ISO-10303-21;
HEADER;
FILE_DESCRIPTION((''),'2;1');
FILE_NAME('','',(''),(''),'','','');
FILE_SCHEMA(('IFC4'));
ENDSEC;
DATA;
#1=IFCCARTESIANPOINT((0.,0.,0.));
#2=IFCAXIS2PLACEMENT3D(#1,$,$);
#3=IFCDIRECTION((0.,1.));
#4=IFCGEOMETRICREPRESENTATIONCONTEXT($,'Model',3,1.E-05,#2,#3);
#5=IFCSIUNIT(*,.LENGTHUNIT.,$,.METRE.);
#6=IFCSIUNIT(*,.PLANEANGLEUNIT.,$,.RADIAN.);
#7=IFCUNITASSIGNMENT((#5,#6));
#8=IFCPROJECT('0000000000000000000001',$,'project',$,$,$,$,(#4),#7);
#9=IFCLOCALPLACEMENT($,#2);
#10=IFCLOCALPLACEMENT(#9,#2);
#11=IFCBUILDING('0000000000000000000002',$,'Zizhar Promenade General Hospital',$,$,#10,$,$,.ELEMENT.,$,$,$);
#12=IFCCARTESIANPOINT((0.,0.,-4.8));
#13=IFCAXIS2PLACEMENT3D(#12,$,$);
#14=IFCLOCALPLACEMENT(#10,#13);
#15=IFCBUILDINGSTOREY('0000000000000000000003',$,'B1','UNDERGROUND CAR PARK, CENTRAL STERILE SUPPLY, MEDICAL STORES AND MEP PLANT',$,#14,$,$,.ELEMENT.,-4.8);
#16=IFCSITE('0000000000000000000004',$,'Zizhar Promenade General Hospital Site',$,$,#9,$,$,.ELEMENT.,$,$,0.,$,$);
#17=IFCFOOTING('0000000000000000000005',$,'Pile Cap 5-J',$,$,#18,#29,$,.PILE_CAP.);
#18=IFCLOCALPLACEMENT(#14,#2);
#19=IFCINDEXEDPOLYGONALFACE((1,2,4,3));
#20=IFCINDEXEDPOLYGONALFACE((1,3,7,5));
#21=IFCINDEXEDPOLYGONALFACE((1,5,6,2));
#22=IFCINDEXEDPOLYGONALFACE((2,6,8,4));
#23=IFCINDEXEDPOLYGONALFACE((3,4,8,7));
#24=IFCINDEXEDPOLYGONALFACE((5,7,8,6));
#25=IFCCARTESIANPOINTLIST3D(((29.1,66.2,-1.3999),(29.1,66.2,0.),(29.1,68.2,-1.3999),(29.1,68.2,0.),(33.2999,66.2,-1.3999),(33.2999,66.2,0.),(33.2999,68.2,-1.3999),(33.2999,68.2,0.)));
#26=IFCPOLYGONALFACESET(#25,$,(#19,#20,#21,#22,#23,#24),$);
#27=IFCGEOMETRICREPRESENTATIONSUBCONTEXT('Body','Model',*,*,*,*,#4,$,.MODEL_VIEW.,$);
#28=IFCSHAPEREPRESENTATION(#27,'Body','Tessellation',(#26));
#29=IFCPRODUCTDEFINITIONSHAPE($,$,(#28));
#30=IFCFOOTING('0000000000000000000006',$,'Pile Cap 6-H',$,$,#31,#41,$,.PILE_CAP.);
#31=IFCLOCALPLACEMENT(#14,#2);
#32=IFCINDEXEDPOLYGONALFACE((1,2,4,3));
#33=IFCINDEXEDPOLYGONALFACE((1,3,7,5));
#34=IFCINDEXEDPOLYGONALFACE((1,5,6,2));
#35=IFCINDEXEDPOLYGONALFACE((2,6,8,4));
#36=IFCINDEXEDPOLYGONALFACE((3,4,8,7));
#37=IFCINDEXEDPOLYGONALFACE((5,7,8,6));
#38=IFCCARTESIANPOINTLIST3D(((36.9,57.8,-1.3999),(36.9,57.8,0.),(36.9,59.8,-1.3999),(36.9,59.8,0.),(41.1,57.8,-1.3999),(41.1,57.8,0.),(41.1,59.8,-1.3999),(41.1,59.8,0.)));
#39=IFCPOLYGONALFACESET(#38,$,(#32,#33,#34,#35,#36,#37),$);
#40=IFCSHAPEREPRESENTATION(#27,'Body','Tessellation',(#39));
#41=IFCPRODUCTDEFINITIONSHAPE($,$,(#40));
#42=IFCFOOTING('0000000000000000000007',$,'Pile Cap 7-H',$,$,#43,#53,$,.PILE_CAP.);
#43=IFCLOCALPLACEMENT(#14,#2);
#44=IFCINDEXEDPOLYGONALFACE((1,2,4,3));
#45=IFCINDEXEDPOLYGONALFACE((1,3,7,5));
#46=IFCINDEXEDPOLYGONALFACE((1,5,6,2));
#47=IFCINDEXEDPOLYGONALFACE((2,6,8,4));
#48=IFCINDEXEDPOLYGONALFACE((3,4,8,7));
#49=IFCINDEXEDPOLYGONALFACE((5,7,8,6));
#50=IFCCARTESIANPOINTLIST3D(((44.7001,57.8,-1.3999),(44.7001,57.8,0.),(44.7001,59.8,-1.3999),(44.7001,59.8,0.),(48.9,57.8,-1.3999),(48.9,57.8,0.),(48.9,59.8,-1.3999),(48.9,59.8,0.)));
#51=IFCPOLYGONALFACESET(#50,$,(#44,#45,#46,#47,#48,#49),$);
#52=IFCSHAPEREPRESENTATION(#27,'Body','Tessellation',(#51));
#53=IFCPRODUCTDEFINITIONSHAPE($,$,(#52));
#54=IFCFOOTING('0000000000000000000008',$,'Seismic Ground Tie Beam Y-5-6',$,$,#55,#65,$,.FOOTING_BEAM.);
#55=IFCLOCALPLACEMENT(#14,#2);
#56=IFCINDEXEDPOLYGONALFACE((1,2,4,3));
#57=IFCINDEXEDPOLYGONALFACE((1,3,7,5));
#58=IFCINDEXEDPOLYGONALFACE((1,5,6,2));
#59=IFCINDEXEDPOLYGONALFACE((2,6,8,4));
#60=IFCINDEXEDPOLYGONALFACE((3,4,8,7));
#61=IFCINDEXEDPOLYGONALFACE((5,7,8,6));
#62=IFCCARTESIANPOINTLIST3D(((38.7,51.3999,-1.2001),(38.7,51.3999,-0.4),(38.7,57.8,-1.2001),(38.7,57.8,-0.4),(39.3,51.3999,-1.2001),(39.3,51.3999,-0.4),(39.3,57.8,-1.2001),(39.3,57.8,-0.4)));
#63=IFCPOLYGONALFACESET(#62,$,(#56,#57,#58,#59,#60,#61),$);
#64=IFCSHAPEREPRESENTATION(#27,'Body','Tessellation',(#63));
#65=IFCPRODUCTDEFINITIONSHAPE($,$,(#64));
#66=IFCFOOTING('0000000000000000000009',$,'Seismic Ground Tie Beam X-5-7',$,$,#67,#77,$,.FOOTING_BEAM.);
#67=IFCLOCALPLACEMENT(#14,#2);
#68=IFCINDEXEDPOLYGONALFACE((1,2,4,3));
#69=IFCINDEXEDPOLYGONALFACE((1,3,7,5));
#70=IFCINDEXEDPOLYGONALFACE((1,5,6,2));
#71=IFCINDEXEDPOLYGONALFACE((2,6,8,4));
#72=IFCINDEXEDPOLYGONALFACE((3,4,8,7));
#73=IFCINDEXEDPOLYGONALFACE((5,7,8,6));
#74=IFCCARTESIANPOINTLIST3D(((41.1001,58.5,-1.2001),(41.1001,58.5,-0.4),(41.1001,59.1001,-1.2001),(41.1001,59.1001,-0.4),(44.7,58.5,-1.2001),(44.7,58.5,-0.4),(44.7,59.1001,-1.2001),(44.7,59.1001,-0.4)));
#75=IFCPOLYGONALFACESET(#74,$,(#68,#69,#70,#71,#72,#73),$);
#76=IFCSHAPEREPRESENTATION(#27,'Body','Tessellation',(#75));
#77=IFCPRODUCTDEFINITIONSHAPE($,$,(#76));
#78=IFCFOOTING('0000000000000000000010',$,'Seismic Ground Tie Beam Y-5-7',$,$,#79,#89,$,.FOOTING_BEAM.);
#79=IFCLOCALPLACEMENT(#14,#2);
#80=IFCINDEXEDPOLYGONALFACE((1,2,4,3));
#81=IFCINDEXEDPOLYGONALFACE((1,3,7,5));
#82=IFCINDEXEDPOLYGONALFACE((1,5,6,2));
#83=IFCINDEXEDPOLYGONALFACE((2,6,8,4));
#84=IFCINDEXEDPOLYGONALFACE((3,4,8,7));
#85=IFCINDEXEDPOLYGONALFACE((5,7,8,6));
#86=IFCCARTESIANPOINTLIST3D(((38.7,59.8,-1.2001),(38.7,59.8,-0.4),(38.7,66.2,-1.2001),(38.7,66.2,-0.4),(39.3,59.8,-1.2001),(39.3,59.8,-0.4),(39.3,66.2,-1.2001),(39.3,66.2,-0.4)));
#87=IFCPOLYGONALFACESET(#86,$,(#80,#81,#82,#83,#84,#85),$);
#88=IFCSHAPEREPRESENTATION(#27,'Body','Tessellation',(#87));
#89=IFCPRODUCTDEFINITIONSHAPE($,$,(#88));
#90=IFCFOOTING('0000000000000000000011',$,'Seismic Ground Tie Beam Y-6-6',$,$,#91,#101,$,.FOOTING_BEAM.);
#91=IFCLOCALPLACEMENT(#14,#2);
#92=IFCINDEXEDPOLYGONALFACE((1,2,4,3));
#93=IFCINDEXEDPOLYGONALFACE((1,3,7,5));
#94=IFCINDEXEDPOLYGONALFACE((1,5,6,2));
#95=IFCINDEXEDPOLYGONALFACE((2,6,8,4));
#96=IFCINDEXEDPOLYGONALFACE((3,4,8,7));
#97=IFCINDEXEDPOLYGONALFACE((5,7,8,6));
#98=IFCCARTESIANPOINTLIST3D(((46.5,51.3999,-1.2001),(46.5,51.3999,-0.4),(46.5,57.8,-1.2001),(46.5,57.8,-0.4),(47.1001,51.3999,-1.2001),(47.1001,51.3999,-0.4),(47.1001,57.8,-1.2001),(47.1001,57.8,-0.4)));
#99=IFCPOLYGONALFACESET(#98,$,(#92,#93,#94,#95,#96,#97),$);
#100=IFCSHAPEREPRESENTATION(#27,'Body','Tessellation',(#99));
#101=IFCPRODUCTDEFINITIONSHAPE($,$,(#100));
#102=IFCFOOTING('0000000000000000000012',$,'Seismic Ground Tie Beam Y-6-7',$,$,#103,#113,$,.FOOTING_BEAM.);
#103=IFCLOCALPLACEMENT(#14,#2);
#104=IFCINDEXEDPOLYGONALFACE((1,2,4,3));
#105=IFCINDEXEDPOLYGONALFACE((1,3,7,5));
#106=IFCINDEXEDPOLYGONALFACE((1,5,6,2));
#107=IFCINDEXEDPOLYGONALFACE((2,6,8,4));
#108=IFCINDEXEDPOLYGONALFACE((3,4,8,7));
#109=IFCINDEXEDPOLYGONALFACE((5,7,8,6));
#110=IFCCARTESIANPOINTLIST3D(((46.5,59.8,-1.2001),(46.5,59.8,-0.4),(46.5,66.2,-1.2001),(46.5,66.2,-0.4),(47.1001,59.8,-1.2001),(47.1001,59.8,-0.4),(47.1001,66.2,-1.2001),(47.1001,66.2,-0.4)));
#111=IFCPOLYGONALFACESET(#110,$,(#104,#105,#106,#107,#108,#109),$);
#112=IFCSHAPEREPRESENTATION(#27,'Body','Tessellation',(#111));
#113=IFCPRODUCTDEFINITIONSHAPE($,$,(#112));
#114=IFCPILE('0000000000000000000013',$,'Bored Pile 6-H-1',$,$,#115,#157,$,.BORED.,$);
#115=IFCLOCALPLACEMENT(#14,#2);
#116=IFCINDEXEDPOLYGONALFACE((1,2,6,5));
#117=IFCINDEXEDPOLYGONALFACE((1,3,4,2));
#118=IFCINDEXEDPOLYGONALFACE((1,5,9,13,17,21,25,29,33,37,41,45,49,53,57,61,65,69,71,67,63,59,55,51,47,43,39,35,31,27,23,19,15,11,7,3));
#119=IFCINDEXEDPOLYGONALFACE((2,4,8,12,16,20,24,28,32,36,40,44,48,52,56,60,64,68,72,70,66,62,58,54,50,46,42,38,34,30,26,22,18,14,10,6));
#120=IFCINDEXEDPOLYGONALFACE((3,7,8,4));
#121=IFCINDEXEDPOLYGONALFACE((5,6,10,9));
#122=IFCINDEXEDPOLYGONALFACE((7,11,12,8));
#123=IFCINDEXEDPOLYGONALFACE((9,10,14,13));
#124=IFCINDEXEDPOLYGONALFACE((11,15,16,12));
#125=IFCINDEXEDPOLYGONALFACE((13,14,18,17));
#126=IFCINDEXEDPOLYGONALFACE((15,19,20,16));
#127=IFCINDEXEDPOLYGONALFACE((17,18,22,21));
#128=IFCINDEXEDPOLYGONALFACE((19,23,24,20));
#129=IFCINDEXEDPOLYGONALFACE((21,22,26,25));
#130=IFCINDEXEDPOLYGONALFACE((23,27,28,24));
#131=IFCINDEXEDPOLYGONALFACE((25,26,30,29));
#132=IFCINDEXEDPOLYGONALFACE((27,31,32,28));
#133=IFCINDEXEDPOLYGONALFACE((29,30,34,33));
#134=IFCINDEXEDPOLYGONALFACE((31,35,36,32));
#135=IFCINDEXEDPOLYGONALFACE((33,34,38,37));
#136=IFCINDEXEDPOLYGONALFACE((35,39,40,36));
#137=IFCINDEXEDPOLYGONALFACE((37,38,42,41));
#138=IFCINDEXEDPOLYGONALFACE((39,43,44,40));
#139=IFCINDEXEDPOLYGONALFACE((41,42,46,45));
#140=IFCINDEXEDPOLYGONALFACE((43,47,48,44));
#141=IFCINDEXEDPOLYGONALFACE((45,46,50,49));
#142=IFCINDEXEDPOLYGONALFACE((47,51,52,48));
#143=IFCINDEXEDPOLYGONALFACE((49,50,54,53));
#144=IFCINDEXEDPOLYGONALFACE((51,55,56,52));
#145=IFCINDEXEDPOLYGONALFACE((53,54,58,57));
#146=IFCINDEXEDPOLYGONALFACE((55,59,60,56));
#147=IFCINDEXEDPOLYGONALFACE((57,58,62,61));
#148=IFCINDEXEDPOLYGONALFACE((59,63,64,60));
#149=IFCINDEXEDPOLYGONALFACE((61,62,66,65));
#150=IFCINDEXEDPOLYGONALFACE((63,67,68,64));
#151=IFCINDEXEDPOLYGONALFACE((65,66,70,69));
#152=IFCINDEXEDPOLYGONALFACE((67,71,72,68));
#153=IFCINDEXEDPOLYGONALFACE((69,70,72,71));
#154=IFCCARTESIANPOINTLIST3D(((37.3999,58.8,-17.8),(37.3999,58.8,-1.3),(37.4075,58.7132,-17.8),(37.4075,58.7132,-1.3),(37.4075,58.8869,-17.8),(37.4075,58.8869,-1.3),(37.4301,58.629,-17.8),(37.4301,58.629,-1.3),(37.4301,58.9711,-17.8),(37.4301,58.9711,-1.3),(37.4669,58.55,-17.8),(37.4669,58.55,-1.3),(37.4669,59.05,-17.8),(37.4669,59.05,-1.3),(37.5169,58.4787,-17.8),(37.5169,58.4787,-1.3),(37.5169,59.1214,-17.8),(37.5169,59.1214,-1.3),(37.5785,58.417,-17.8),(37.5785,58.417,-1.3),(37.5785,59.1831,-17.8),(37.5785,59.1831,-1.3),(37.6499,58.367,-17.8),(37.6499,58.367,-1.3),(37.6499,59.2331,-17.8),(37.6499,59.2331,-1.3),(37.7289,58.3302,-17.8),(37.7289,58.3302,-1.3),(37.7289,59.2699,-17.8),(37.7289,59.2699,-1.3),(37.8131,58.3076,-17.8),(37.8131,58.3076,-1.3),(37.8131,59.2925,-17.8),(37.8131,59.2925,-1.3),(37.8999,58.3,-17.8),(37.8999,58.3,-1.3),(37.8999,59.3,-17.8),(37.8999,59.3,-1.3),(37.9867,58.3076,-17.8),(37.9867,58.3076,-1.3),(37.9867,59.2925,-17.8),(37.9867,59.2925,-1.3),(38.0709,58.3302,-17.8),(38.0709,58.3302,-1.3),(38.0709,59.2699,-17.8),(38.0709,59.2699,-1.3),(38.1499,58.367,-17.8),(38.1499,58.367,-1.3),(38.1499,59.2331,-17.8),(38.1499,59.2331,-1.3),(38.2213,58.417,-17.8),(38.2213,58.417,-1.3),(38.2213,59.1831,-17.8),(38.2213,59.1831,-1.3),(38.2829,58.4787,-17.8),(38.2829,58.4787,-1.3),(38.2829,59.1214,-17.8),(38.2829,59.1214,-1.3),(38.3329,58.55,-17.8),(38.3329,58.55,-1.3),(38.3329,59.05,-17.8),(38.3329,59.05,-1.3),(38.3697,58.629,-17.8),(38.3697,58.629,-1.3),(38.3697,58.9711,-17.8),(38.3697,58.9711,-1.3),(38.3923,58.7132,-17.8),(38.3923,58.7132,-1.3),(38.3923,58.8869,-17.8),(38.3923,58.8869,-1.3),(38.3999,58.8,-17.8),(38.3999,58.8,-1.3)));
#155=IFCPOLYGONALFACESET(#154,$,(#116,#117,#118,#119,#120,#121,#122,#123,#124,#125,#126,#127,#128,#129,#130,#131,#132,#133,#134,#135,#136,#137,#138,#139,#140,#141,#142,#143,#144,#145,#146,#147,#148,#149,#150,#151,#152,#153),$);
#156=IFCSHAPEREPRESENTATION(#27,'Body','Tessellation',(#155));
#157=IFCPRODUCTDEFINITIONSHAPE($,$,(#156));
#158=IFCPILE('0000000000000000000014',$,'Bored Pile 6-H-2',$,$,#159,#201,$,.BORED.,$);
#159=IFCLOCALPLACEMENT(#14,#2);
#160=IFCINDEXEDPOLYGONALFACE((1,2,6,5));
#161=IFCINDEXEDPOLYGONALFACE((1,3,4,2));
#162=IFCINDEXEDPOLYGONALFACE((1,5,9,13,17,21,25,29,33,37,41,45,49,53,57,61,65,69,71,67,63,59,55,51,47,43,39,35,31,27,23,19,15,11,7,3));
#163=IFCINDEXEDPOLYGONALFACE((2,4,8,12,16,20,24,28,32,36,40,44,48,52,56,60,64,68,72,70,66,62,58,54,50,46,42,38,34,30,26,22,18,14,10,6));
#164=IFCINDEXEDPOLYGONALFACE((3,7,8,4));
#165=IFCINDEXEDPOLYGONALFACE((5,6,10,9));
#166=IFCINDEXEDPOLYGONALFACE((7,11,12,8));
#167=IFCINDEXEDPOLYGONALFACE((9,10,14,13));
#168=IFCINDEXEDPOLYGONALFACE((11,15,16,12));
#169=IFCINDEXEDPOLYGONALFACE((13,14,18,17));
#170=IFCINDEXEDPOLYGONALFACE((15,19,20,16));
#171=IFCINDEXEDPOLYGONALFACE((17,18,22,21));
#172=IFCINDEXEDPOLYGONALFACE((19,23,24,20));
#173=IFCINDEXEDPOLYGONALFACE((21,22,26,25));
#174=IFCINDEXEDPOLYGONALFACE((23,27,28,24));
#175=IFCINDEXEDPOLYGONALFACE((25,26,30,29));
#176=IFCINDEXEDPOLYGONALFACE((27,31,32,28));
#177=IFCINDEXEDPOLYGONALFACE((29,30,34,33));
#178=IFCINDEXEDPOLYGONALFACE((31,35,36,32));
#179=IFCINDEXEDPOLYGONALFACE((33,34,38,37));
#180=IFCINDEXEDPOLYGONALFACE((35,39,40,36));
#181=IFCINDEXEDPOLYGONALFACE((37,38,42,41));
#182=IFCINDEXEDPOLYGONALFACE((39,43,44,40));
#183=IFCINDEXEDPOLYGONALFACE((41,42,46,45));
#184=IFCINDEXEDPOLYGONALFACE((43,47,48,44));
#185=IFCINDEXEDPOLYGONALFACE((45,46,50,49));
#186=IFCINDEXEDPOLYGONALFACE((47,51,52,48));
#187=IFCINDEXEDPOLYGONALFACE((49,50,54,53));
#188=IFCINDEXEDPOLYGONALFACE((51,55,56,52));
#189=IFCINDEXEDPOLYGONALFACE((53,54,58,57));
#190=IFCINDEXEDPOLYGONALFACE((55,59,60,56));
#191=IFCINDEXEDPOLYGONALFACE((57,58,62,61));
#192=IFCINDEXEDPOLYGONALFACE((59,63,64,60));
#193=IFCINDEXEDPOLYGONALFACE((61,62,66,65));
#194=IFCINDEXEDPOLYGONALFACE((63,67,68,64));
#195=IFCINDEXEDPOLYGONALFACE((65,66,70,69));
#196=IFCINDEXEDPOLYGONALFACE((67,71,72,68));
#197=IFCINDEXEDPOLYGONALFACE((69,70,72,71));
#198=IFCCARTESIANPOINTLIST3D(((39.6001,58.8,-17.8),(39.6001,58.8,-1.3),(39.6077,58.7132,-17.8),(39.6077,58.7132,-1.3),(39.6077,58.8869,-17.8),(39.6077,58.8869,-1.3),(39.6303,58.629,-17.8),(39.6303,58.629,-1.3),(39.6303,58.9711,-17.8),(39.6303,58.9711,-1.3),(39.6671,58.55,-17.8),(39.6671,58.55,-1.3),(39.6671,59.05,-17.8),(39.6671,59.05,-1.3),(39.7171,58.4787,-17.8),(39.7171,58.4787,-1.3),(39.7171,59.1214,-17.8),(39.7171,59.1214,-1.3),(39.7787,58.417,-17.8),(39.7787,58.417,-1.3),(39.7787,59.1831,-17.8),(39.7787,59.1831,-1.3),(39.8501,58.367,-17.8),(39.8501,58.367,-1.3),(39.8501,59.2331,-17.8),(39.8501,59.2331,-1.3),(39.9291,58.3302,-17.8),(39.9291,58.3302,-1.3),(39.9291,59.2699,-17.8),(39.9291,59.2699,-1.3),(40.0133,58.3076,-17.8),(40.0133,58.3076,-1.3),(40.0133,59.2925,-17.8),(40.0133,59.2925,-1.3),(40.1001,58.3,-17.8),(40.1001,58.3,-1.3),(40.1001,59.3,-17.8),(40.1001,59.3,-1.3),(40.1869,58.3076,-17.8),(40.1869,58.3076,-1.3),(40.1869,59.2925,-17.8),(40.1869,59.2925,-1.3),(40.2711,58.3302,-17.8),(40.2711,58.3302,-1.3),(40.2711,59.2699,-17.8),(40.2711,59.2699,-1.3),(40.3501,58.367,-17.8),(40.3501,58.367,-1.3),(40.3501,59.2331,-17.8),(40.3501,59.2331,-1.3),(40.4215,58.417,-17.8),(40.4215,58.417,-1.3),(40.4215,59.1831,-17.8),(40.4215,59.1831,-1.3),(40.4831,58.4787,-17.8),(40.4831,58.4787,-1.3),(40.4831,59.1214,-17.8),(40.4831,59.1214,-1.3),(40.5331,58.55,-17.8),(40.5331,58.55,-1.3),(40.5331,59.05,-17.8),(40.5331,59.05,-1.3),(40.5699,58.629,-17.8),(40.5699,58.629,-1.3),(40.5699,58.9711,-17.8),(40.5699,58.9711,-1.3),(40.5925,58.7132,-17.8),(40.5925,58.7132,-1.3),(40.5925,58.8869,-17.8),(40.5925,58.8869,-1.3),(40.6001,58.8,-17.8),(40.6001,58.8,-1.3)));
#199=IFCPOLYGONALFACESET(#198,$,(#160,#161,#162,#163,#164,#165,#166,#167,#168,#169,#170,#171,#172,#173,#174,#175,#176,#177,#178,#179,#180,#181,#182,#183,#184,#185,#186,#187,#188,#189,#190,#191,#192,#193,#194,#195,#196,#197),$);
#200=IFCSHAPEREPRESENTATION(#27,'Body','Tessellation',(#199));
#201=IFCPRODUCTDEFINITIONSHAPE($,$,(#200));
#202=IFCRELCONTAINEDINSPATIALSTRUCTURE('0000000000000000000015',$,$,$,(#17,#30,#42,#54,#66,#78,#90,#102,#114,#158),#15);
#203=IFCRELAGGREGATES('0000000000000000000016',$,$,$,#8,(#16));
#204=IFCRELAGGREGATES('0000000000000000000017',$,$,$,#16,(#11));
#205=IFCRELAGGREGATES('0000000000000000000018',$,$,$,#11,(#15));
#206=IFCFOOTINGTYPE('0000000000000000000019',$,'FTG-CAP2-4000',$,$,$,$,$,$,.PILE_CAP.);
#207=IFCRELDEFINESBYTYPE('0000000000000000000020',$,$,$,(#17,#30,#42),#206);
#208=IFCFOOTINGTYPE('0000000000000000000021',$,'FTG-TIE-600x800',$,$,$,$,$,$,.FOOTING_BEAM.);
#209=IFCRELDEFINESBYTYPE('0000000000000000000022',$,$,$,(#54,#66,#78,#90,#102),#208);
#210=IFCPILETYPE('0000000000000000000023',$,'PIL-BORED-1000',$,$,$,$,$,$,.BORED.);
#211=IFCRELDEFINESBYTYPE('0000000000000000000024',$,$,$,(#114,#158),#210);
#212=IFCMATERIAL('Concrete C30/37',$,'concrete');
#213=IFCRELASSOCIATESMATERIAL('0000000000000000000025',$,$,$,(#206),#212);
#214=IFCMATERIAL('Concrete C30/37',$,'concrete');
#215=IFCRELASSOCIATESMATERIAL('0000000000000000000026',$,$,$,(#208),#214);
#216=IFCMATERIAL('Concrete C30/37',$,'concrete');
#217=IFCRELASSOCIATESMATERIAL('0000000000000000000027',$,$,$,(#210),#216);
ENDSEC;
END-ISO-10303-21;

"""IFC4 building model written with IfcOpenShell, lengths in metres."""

from ifc_helpers import new_model, si_unit, direction, frame, origin, origin_2d, place, context, subcontext, project, spatial, rectangle, circle, extrude, material, material_profile, profile_set, type_object, element, save


model = new_model("IFC4")

# Units and contexts
model_context = context("Model", 3, precision=1e-05, world=origin(), true_north=direction((0.0, 1.0)))
body_context = subcontext(model_context, "Body", "Model", "MODEL_VIEW")
ifc_project = project(units=[si_unit("LENGTHUNIT", "METRE"), si_unit("PLANEANGLEUNIT", "RADIAN")], contexts=[model_context])

# Site, building, storey
site_placement = place(None, origin())
site = spatial("IfcSite", under=ifc_project, at=site_placement, Name="Zizhar Promenade General Hospital Site", CompositionType="ELEMENT", RefElevation=0.0)
building_placement = place(site_placement, origin())
building = spatial("IfcBuilding", under=site, at=building_placement, Name="Zizhar Promenade General Hospital", CompositionType="ELEMENT")
storey_placement = place(building_placement, frame((0.0, 0.0, -4.8)))
storey = spatial("IfcBuildingStorey", under=building, at=storey_placement, Name="B1", Description="UNDERGROUND CAR PARK, CENTRAL STERILE SUPPLY, MEDICAL STORES AND MEP PLANT", CompositionType="ELEMENT", Elevation=-4.8)

# Footings
ifc_material_1 = material(Name="Concrete C30/37", Category="concrete")
footing_type_1 = type_object("IfcFootingType", Name="FTG-CAP2-4000", PredefinedType="PILE_CAP", material=ifc_material_1)
for number, where, z_axis, x_axis, name in (
    (1, (31.2, 67.2, -1.3999), (0.0, 0.0, 1.0), (1.0, 0.0, 0.0), "Pile Cap 5-J"),
    (2, (39.0, 58.8, -1.3999), (0.0, 0.0, 1.0), (1.0, 0.0, 0.0), "Pile Cap 6-H"),
    (3, (46.8, 58.8, -1.3999), (0.0, 0.0, 1.0), (1.0, 0.0, 0.0), "Pile Cap 7-H"),
):
    element("IfcFooting", number, at=place(storey_placement, frame(where, z_axis=z_axis, x_axis=x_axis)), inside=storey, type_object=footing_type_1, Name=name, PredefinedType="PILE_CAP", context=body_context, shape_type="SweptSolid", body=[
        extrude(rectangle(XDim=4.2, YDim=2.0, at=origin_2d()), origin(), (0.0, 0.0, 1.0), 1.3999),
    ])
ifc_material_2 = material(Name="Concrete C30/37", Category="concrete")
ifc_material_profile_1 = material_profile(ifc_material_2, rectangle(XDim=0.6001, YDim=0.8, at=origin_2d()))
ifc_profile_set_1 = profile_set([ifc_material_profile_1], Name="Concrete C30/37")
footing_type_2 = type_object("IfcFootingType", Name="FTG-TIE-600x800", PredefinedType="FOOTING_BEAM", material=ifc_profile_set_1)
footing_1_placement = place(storey_placement, frame((39.0, 51.3999, -0.8), z_axis=(0.0, 1.0, 0.0), x_axis=(-1.0, 0.0, 0.0)))
element("IfcFooting", 4, at=footing_1_placement, inside=storey, type_object=footing_type_2, Name="Seismic Ground Tie Beam Y-5-6", PredefinedType="FOOTING_BEAM", context=body_context, shape_type="SweptSolid", body=[
    extrude(rectangle(XDim=0.6001, YDim=0.8, at=origin_2d()), origin(), (0.0, 0.0, 1.0), 6.4001),
])
footing_2_placement = place(storey_placement, frame((41.1001, 58.8, -0.8), z_axis=(1.0, 0.0, 0.0), x_axis=(0.0, 1.0, 0.0)))
element("IfcFooting", 5, at=footing_2_placement, inside=storey, type_object=footing_type_2, Name="Seismic Ground Tie Beam X-5-7", PredefinedType="FOOTING_BEAM", context=body_context, shape_type="SweptSolid", body=[
    extrude(rectangle(XDim=0.6001, YDim=0.8, at=origin_2d()), origin(), (0.0, 0.0, 1.0), 3.5999),
])
footing_3_placement = place(storey_placement, frame((39.0, 59.8, -0.8), z_axis=(0.0, 1.0, 0.0), x_axis=(-1.0, 0.0, 0.0)))
element("IfcFooting", 6, at=footing_3_placement, inside=storey, type_object=footing_type_2, Name="Seismic Ground Tie Beam Y-5-7", PredefinedType="FOOTING_BEAM", context=body_context, shape_type="SweptSolid", body=[
    extrude(rectangle(XDim=0.6001, YDim=0.8, at=origin_2d()), origin(), (0.0, 0.0, 1.0), 6.3999),
])
footing_4_placement = place(storey_placement, frame((46.8, 51.3999, -0.8), z_axis=(0.0, 1.0, 0.0), x_axis=(-1.0, 0.0, 0.0)))
element("IfcFooting", 7, at=footing_4_placement, inside=storey, type_object=footing_type_2, Name="Seismic Ground Tie Beam Y-6-6", PredefinedType="FOOTING_BEAM", context=body_context, shape_type="SweptSolid", body=[
    extrude(rectangle(XDim=0.6001, YDim=0.8, at=origin_2d()), origin(), (0.0, 0.0, 1.0), 6.4001),
])
footing_5_placement = place(storey_placement, frame((46.8, 59.8, -0.8), z_axis=(0.0, 1.0, 0.0), x_axis=(-1.0, 0.0, 0.0)))
element("IfcFooting", 8, at=footing_5_placement, inside=storey, type_object=footing_type_2, Name="Seismic Ground Tie Beam Y-6-7", PredefinedType="FOOTING_BEAM", context=body_context, shape_type="SweptSolid", body=[
    extrude(rectangle(XDim=0.6001, YDim=0.8, at=origin_2d()), origin(), (0.0, 0.0, 1.0), 6.3999),
])

# Piles
ifc_material_3 = material(Name="Concrete C30/37", Category="concrete")
ifc_material_profile_2 = material_profile(ifc_material_3, circle(Radius=0.5, at=origin_2d()))
ifc_profile_set_2 = profile_set([ifc_material_profile_2], Name="Concrete C30/37")
pile_type_1 = type_object("IfcPileType", Name="PIL-BORED-1000", PredefinedType="BORED", material=ifc_profile_set_2)
for number, where, z_axis, x_axis, name in (
    (9, (37.8999, 58.8, -1.3), (0.0, 0.0, -1.0), (1.0, 0.0, 0.0), "Bored Pile 6-H-1"),
    (10, (40.1001, 58.8, -1.3), (0.0, 0.0, -1.0), (1.0, 0.0, 0.0), "Bored Pile 6-H-2"),
):
    element("IfcPile", number, at=place(storey_placement, frame(where, z_axis=z_axis, x_axis=x_axis)), inside=storey, type_object=pile_type_1, Name=name, PredefinedType="BORED", context=body_context, shape_type="SweptSolid", body=[
        extrude(circle(Radius=0.5, at=origin_2d()), origin(), (0.0, 0.0, 1.0), 16.5),
    ])

save(model, "model.ifc")
